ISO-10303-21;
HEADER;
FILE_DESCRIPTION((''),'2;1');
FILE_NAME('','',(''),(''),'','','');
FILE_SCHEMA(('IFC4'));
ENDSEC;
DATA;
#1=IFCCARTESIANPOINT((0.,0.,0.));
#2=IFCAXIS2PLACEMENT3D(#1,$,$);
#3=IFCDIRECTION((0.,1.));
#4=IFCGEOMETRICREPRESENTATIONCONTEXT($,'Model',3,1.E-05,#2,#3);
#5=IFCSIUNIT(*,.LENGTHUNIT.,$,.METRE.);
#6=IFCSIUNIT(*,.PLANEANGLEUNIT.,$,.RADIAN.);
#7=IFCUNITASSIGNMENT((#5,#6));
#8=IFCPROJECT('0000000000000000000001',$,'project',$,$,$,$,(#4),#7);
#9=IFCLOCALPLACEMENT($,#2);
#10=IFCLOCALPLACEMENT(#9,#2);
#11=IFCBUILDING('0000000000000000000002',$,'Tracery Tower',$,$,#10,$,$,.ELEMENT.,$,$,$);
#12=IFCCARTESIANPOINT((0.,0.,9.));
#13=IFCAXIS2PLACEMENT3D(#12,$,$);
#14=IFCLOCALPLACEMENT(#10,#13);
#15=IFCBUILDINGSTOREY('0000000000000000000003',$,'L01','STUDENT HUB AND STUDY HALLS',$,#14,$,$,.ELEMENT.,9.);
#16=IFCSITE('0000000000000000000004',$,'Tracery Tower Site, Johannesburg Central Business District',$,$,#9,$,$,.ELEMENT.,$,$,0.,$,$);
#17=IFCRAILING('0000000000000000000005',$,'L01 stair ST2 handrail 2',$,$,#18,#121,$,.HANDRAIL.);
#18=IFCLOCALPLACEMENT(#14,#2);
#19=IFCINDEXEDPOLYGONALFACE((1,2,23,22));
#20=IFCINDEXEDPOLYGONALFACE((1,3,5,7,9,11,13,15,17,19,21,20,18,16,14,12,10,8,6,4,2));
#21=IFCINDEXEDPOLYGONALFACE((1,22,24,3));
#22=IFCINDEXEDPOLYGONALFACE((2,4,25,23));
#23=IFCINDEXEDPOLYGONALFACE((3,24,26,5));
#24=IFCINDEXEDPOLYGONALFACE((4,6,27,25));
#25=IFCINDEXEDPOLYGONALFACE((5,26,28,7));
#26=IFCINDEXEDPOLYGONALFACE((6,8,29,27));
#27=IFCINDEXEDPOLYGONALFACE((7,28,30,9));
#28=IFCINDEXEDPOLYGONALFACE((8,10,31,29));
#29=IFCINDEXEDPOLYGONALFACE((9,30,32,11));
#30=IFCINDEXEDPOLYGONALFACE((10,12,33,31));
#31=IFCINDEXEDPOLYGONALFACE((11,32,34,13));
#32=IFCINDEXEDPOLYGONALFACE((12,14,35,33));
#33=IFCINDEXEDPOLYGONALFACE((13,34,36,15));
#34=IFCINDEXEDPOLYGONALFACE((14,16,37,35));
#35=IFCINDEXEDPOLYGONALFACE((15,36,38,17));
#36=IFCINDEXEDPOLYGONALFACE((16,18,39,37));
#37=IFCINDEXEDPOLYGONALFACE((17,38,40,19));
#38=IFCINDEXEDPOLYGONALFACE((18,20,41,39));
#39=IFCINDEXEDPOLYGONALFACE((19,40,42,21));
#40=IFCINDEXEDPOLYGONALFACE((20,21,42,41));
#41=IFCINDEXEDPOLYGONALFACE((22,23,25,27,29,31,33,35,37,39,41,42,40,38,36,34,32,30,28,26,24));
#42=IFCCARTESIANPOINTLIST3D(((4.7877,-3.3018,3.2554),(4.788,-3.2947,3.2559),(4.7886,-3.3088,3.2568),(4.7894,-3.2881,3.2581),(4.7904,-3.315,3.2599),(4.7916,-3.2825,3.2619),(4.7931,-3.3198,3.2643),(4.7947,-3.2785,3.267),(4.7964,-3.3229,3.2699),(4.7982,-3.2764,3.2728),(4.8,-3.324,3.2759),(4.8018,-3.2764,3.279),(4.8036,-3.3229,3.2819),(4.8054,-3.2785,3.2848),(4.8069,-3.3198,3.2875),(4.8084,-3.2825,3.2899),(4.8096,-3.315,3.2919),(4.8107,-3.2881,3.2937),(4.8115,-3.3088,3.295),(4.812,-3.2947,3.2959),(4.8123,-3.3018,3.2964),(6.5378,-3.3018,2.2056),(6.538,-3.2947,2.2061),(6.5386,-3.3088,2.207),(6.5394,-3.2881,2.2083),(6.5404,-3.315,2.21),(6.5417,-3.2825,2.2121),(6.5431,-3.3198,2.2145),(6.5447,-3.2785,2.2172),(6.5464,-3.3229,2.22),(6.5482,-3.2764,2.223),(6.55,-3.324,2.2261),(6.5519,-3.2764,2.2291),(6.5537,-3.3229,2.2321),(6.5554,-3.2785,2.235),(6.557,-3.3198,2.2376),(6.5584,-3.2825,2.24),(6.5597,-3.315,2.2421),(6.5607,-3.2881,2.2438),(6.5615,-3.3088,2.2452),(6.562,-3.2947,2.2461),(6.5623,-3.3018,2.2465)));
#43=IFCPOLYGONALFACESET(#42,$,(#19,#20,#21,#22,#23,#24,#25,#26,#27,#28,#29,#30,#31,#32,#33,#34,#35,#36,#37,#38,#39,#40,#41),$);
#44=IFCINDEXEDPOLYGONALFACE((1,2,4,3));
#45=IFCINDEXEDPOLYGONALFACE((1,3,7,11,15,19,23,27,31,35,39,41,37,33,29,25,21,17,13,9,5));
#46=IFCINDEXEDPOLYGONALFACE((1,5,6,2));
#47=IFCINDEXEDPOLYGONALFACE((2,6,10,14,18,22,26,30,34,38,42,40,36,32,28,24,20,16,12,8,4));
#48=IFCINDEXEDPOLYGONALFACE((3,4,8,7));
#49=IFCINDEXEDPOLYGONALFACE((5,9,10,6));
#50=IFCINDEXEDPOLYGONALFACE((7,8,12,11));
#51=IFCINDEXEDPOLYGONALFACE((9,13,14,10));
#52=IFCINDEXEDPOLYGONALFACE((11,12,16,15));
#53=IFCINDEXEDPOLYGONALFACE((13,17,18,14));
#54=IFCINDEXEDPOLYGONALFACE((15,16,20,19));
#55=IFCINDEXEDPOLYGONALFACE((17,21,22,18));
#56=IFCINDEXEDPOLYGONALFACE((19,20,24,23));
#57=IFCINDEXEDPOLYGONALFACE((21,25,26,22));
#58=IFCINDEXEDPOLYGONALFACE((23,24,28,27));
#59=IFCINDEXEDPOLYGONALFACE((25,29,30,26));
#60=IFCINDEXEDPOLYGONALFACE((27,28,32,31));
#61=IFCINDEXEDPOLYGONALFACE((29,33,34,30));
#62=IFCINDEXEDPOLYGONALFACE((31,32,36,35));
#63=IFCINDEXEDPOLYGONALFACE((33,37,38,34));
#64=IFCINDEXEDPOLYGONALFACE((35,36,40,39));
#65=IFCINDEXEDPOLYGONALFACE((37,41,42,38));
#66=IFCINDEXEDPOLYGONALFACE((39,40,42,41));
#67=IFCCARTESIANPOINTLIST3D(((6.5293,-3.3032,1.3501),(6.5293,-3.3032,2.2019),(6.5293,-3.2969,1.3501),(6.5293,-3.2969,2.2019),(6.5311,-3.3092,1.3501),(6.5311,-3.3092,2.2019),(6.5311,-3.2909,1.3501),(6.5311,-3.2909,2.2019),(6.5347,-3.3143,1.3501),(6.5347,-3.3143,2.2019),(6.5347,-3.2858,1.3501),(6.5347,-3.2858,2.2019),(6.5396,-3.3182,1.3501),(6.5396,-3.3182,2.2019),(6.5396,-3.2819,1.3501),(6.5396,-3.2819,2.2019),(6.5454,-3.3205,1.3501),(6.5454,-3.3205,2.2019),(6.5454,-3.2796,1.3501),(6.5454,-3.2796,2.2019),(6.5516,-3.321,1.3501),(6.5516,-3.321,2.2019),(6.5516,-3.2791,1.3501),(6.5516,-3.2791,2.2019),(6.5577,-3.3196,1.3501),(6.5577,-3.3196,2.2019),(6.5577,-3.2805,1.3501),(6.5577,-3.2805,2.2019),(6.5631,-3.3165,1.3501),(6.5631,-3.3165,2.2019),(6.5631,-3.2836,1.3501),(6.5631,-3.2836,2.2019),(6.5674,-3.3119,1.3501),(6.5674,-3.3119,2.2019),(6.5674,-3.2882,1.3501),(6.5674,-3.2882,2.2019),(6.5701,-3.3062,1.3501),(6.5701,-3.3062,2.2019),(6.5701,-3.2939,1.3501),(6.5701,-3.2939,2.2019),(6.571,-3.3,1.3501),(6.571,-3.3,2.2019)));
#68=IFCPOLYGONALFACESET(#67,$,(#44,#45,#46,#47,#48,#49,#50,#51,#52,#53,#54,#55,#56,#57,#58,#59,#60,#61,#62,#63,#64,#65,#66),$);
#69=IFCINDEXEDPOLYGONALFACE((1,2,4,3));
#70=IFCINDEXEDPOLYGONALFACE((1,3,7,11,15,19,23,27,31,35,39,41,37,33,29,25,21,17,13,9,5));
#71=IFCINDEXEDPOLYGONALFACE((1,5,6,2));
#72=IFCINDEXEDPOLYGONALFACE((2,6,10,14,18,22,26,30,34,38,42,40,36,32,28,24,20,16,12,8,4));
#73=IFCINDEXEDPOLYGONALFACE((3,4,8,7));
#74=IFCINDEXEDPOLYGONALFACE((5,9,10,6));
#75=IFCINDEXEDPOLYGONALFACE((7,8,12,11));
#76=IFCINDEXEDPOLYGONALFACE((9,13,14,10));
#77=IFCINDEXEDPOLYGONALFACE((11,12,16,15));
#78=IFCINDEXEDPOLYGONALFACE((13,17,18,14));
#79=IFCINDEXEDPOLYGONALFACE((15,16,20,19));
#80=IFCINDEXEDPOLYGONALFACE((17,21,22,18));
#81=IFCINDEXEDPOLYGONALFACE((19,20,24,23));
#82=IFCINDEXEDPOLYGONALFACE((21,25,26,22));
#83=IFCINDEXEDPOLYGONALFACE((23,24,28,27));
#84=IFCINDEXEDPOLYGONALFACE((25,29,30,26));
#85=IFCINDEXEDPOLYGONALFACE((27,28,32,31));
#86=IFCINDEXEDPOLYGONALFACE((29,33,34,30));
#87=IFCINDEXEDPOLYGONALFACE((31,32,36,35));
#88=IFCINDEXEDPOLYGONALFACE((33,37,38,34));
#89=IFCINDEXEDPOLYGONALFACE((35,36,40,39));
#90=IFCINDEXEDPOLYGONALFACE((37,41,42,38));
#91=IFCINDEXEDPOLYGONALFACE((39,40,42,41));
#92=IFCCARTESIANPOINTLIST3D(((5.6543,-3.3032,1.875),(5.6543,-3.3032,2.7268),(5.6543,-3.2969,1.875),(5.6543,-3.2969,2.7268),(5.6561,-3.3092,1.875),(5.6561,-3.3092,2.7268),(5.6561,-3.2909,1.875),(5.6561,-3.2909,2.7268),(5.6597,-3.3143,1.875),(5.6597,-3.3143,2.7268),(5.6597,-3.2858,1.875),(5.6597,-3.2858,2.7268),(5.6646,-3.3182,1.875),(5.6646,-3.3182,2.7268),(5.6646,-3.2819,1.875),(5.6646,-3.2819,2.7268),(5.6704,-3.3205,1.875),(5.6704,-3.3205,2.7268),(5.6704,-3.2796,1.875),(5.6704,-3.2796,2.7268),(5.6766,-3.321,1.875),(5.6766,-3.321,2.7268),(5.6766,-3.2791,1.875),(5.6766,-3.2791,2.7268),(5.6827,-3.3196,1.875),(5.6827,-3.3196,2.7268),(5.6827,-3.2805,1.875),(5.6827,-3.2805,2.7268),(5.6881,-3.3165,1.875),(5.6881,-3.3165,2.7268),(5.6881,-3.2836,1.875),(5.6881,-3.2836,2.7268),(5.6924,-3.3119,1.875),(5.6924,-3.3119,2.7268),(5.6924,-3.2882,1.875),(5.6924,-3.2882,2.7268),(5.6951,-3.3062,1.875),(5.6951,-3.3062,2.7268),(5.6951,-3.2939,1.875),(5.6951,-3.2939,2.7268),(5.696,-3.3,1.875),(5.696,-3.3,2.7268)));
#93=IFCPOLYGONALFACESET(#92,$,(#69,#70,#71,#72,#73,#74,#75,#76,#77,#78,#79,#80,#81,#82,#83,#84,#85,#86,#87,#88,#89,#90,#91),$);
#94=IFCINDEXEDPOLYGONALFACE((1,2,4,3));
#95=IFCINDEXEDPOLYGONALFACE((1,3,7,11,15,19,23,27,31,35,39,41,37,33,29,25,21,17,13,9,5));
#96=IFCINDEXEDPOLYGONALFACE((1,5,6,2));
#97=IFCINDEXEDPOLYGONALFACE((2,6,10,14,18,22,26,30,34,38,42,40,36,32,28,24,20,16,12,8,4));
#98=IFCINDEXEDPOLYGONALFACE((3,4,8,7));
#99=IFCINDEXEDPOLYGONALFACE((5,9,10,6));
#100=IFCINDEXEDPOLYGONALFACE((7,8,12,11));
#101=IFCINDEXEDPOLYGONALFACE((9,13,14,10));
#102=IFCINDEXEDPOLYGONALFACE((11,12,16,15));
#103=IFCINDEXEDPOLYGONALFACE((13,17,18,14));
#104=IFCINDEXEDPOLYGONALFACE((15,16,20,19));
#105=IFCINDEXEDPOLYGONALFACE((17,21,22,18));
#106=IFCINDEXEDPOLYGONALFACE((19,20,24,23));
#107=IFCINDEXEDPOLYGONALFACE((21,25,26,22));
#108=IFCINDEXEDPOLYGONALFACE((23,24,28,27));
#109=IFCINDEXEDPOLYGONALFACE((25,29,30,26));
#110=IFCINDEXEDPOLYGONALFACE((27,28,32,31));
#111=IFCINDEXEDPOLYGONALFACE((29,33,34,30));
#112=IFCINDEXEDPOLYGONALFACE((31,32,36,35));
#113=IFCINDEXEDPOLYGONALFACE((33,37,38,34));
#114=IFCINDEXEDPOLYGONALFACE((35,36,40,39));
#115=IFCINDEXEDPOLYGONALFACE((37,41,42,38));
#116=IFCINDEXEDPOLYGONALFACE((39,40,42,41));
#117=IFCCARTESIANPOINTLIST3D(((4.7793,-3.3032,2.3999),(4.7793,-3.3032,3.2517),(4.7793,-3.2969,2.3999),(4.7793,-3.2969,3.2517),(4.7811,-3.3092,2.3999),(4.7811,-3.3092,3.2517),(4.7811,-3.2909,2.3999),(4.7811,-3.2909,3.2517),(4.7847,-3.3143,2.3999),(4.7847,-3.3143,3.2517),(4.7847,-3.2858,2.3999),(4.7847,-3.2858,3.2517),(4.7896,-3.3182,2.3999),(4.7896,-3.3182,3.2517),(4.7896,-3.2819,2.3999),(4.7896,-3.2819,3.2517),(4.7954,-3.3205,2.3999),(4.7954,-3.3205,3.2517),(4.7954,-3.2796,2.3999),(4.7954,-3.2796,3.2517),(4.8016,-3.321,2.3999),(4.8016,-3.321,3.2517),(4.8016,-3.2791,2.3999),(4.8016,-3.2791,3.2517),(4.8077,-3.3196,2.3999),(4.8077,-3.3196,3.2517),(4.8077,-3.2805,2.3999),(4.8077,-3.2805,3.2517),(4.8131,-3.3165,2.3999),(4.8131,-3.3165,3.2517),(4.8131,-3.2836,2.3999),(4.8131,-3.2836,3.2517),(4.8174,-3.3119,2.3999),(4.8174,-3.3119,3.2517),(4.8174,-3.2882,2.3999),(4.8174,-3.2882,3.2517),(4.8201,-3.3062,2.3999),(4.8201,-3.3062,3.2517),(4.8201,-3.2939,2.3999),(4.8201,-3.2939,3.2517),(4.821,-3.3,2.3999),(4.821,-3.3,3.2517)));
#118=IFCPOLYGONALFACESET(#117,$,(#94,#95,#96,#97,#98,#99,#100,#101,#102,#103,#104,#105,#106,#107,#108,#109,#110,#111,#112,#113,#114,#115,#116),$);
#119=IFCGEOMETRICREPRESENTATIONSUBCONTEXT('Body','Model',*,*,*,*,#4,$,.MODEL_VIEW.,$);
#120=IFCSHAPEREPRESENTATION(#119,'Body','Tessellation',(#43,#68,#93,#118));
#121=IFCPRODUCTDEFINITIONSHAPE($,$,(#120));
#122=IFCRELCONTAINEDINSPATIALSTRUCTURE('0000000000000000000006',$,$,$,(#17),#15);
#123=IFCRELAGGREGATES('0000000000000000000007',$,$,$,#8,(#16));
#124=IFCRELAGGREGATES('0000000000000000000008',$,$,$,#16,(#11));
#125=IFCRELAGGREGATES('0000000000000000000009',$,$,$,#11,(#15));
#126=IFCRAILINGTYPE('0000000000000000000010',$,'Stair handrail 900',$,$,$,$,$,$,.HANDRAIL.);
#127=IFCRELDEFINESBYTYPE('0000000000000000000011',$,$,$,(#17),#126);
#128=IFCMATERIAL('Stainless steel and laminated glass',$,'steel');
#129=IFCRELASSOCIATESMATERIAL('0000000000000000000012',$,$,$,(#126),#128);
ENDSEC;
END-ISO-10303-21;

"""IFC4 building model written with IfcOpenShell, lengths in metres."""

from ifc_helpers import new_model, si_unit, direction, frame, origin, origin_2d, place, context, subcontext, project, spatial, circle, extrude, material, type_object, element, save


model = new_model("IFC4")

# Units and contexts
model_context = context("Model", 3, precision=1e-05, world=origin(), true_north=direction((0.0, 1.0)))
body_context = subcontext(model_context, "Body", "Model", "MODEL_VIEW")
ifc_project = project(units=[si_unit("LENGTHUNIT", "METRE"), si_unit("PLANEANGLEUNIT", "RADIAN")], contexts=[model_context])

# Site, building, storey
site_placement = place(None, origin())
site = spatial("IfcSite", under=ifc_project, at=site_placement, Name="Tracery Tower Site, Johannesburg Central Business District", CompositionType="ELEMENT", RefElevation=0.0)
building_placement = place(site_placement, origin())
building = spatial("IfcBuilding", under=site, at=building_placement, Name="Tracery Tower", CompositionType="ELEMENT")
storey_placement = place(building_placement, frame((0.0, 0.0, 9.0)))
storey = spatial("IfcBuildingStorey", under=building, at=storey_placement, Name="L01", Description="STUDENT HUB AND STUDY HALLS", CompositionType="ELEMENT", Elevation=9.0)

# Railing
ifc_material_1 = material(Name="Stainless steel and laminated glass", Category="steel")
railing_type_1 = type_object("IfcRailingType", Name="Stair handrail 900", PredefinedType="HANDRAIL", material=ifc_material_1)
railing_1_placement = place(storey_placement, frame((6.55, -3.3, 1.3501)))
element("IfcRailing", 1, at=railing_1_placement, inside=storey, type_object=railing_type_1, Name="L01 stair ST2 handrail 2", PredefinedType="HANDRAIL", context=body_context, shape_type="SweptSolid", body=[
    extrude(circle(Radius=0.0239, at=origin_2d()), frame((0.0, 0.0, 0.876), z_axis=(-0.857535, 0.0, 0.514425), x_axis=(0.0, -1.0, 0.0)), (0.0, 0.0, 1.0), 2.0408),
    extrude(circle(Radius=0.021, at=origin_2d()), origin(), (0.0, 0.0, 1.0), 0.8518),
    extrude(circle(Radius=0.021, at=origin_2d()), frame((-0.875, 0.0, 0.5249)), (0.0, 0.0, 1.0), 0.8518),
    extrude(circle(Radius=0.021, at=origin_2d()), frame((-1.75, 0.0, 1.0498)), (0.0, 0.0, 1.0), 0.8518),
])

save(model, "model.ifc")
